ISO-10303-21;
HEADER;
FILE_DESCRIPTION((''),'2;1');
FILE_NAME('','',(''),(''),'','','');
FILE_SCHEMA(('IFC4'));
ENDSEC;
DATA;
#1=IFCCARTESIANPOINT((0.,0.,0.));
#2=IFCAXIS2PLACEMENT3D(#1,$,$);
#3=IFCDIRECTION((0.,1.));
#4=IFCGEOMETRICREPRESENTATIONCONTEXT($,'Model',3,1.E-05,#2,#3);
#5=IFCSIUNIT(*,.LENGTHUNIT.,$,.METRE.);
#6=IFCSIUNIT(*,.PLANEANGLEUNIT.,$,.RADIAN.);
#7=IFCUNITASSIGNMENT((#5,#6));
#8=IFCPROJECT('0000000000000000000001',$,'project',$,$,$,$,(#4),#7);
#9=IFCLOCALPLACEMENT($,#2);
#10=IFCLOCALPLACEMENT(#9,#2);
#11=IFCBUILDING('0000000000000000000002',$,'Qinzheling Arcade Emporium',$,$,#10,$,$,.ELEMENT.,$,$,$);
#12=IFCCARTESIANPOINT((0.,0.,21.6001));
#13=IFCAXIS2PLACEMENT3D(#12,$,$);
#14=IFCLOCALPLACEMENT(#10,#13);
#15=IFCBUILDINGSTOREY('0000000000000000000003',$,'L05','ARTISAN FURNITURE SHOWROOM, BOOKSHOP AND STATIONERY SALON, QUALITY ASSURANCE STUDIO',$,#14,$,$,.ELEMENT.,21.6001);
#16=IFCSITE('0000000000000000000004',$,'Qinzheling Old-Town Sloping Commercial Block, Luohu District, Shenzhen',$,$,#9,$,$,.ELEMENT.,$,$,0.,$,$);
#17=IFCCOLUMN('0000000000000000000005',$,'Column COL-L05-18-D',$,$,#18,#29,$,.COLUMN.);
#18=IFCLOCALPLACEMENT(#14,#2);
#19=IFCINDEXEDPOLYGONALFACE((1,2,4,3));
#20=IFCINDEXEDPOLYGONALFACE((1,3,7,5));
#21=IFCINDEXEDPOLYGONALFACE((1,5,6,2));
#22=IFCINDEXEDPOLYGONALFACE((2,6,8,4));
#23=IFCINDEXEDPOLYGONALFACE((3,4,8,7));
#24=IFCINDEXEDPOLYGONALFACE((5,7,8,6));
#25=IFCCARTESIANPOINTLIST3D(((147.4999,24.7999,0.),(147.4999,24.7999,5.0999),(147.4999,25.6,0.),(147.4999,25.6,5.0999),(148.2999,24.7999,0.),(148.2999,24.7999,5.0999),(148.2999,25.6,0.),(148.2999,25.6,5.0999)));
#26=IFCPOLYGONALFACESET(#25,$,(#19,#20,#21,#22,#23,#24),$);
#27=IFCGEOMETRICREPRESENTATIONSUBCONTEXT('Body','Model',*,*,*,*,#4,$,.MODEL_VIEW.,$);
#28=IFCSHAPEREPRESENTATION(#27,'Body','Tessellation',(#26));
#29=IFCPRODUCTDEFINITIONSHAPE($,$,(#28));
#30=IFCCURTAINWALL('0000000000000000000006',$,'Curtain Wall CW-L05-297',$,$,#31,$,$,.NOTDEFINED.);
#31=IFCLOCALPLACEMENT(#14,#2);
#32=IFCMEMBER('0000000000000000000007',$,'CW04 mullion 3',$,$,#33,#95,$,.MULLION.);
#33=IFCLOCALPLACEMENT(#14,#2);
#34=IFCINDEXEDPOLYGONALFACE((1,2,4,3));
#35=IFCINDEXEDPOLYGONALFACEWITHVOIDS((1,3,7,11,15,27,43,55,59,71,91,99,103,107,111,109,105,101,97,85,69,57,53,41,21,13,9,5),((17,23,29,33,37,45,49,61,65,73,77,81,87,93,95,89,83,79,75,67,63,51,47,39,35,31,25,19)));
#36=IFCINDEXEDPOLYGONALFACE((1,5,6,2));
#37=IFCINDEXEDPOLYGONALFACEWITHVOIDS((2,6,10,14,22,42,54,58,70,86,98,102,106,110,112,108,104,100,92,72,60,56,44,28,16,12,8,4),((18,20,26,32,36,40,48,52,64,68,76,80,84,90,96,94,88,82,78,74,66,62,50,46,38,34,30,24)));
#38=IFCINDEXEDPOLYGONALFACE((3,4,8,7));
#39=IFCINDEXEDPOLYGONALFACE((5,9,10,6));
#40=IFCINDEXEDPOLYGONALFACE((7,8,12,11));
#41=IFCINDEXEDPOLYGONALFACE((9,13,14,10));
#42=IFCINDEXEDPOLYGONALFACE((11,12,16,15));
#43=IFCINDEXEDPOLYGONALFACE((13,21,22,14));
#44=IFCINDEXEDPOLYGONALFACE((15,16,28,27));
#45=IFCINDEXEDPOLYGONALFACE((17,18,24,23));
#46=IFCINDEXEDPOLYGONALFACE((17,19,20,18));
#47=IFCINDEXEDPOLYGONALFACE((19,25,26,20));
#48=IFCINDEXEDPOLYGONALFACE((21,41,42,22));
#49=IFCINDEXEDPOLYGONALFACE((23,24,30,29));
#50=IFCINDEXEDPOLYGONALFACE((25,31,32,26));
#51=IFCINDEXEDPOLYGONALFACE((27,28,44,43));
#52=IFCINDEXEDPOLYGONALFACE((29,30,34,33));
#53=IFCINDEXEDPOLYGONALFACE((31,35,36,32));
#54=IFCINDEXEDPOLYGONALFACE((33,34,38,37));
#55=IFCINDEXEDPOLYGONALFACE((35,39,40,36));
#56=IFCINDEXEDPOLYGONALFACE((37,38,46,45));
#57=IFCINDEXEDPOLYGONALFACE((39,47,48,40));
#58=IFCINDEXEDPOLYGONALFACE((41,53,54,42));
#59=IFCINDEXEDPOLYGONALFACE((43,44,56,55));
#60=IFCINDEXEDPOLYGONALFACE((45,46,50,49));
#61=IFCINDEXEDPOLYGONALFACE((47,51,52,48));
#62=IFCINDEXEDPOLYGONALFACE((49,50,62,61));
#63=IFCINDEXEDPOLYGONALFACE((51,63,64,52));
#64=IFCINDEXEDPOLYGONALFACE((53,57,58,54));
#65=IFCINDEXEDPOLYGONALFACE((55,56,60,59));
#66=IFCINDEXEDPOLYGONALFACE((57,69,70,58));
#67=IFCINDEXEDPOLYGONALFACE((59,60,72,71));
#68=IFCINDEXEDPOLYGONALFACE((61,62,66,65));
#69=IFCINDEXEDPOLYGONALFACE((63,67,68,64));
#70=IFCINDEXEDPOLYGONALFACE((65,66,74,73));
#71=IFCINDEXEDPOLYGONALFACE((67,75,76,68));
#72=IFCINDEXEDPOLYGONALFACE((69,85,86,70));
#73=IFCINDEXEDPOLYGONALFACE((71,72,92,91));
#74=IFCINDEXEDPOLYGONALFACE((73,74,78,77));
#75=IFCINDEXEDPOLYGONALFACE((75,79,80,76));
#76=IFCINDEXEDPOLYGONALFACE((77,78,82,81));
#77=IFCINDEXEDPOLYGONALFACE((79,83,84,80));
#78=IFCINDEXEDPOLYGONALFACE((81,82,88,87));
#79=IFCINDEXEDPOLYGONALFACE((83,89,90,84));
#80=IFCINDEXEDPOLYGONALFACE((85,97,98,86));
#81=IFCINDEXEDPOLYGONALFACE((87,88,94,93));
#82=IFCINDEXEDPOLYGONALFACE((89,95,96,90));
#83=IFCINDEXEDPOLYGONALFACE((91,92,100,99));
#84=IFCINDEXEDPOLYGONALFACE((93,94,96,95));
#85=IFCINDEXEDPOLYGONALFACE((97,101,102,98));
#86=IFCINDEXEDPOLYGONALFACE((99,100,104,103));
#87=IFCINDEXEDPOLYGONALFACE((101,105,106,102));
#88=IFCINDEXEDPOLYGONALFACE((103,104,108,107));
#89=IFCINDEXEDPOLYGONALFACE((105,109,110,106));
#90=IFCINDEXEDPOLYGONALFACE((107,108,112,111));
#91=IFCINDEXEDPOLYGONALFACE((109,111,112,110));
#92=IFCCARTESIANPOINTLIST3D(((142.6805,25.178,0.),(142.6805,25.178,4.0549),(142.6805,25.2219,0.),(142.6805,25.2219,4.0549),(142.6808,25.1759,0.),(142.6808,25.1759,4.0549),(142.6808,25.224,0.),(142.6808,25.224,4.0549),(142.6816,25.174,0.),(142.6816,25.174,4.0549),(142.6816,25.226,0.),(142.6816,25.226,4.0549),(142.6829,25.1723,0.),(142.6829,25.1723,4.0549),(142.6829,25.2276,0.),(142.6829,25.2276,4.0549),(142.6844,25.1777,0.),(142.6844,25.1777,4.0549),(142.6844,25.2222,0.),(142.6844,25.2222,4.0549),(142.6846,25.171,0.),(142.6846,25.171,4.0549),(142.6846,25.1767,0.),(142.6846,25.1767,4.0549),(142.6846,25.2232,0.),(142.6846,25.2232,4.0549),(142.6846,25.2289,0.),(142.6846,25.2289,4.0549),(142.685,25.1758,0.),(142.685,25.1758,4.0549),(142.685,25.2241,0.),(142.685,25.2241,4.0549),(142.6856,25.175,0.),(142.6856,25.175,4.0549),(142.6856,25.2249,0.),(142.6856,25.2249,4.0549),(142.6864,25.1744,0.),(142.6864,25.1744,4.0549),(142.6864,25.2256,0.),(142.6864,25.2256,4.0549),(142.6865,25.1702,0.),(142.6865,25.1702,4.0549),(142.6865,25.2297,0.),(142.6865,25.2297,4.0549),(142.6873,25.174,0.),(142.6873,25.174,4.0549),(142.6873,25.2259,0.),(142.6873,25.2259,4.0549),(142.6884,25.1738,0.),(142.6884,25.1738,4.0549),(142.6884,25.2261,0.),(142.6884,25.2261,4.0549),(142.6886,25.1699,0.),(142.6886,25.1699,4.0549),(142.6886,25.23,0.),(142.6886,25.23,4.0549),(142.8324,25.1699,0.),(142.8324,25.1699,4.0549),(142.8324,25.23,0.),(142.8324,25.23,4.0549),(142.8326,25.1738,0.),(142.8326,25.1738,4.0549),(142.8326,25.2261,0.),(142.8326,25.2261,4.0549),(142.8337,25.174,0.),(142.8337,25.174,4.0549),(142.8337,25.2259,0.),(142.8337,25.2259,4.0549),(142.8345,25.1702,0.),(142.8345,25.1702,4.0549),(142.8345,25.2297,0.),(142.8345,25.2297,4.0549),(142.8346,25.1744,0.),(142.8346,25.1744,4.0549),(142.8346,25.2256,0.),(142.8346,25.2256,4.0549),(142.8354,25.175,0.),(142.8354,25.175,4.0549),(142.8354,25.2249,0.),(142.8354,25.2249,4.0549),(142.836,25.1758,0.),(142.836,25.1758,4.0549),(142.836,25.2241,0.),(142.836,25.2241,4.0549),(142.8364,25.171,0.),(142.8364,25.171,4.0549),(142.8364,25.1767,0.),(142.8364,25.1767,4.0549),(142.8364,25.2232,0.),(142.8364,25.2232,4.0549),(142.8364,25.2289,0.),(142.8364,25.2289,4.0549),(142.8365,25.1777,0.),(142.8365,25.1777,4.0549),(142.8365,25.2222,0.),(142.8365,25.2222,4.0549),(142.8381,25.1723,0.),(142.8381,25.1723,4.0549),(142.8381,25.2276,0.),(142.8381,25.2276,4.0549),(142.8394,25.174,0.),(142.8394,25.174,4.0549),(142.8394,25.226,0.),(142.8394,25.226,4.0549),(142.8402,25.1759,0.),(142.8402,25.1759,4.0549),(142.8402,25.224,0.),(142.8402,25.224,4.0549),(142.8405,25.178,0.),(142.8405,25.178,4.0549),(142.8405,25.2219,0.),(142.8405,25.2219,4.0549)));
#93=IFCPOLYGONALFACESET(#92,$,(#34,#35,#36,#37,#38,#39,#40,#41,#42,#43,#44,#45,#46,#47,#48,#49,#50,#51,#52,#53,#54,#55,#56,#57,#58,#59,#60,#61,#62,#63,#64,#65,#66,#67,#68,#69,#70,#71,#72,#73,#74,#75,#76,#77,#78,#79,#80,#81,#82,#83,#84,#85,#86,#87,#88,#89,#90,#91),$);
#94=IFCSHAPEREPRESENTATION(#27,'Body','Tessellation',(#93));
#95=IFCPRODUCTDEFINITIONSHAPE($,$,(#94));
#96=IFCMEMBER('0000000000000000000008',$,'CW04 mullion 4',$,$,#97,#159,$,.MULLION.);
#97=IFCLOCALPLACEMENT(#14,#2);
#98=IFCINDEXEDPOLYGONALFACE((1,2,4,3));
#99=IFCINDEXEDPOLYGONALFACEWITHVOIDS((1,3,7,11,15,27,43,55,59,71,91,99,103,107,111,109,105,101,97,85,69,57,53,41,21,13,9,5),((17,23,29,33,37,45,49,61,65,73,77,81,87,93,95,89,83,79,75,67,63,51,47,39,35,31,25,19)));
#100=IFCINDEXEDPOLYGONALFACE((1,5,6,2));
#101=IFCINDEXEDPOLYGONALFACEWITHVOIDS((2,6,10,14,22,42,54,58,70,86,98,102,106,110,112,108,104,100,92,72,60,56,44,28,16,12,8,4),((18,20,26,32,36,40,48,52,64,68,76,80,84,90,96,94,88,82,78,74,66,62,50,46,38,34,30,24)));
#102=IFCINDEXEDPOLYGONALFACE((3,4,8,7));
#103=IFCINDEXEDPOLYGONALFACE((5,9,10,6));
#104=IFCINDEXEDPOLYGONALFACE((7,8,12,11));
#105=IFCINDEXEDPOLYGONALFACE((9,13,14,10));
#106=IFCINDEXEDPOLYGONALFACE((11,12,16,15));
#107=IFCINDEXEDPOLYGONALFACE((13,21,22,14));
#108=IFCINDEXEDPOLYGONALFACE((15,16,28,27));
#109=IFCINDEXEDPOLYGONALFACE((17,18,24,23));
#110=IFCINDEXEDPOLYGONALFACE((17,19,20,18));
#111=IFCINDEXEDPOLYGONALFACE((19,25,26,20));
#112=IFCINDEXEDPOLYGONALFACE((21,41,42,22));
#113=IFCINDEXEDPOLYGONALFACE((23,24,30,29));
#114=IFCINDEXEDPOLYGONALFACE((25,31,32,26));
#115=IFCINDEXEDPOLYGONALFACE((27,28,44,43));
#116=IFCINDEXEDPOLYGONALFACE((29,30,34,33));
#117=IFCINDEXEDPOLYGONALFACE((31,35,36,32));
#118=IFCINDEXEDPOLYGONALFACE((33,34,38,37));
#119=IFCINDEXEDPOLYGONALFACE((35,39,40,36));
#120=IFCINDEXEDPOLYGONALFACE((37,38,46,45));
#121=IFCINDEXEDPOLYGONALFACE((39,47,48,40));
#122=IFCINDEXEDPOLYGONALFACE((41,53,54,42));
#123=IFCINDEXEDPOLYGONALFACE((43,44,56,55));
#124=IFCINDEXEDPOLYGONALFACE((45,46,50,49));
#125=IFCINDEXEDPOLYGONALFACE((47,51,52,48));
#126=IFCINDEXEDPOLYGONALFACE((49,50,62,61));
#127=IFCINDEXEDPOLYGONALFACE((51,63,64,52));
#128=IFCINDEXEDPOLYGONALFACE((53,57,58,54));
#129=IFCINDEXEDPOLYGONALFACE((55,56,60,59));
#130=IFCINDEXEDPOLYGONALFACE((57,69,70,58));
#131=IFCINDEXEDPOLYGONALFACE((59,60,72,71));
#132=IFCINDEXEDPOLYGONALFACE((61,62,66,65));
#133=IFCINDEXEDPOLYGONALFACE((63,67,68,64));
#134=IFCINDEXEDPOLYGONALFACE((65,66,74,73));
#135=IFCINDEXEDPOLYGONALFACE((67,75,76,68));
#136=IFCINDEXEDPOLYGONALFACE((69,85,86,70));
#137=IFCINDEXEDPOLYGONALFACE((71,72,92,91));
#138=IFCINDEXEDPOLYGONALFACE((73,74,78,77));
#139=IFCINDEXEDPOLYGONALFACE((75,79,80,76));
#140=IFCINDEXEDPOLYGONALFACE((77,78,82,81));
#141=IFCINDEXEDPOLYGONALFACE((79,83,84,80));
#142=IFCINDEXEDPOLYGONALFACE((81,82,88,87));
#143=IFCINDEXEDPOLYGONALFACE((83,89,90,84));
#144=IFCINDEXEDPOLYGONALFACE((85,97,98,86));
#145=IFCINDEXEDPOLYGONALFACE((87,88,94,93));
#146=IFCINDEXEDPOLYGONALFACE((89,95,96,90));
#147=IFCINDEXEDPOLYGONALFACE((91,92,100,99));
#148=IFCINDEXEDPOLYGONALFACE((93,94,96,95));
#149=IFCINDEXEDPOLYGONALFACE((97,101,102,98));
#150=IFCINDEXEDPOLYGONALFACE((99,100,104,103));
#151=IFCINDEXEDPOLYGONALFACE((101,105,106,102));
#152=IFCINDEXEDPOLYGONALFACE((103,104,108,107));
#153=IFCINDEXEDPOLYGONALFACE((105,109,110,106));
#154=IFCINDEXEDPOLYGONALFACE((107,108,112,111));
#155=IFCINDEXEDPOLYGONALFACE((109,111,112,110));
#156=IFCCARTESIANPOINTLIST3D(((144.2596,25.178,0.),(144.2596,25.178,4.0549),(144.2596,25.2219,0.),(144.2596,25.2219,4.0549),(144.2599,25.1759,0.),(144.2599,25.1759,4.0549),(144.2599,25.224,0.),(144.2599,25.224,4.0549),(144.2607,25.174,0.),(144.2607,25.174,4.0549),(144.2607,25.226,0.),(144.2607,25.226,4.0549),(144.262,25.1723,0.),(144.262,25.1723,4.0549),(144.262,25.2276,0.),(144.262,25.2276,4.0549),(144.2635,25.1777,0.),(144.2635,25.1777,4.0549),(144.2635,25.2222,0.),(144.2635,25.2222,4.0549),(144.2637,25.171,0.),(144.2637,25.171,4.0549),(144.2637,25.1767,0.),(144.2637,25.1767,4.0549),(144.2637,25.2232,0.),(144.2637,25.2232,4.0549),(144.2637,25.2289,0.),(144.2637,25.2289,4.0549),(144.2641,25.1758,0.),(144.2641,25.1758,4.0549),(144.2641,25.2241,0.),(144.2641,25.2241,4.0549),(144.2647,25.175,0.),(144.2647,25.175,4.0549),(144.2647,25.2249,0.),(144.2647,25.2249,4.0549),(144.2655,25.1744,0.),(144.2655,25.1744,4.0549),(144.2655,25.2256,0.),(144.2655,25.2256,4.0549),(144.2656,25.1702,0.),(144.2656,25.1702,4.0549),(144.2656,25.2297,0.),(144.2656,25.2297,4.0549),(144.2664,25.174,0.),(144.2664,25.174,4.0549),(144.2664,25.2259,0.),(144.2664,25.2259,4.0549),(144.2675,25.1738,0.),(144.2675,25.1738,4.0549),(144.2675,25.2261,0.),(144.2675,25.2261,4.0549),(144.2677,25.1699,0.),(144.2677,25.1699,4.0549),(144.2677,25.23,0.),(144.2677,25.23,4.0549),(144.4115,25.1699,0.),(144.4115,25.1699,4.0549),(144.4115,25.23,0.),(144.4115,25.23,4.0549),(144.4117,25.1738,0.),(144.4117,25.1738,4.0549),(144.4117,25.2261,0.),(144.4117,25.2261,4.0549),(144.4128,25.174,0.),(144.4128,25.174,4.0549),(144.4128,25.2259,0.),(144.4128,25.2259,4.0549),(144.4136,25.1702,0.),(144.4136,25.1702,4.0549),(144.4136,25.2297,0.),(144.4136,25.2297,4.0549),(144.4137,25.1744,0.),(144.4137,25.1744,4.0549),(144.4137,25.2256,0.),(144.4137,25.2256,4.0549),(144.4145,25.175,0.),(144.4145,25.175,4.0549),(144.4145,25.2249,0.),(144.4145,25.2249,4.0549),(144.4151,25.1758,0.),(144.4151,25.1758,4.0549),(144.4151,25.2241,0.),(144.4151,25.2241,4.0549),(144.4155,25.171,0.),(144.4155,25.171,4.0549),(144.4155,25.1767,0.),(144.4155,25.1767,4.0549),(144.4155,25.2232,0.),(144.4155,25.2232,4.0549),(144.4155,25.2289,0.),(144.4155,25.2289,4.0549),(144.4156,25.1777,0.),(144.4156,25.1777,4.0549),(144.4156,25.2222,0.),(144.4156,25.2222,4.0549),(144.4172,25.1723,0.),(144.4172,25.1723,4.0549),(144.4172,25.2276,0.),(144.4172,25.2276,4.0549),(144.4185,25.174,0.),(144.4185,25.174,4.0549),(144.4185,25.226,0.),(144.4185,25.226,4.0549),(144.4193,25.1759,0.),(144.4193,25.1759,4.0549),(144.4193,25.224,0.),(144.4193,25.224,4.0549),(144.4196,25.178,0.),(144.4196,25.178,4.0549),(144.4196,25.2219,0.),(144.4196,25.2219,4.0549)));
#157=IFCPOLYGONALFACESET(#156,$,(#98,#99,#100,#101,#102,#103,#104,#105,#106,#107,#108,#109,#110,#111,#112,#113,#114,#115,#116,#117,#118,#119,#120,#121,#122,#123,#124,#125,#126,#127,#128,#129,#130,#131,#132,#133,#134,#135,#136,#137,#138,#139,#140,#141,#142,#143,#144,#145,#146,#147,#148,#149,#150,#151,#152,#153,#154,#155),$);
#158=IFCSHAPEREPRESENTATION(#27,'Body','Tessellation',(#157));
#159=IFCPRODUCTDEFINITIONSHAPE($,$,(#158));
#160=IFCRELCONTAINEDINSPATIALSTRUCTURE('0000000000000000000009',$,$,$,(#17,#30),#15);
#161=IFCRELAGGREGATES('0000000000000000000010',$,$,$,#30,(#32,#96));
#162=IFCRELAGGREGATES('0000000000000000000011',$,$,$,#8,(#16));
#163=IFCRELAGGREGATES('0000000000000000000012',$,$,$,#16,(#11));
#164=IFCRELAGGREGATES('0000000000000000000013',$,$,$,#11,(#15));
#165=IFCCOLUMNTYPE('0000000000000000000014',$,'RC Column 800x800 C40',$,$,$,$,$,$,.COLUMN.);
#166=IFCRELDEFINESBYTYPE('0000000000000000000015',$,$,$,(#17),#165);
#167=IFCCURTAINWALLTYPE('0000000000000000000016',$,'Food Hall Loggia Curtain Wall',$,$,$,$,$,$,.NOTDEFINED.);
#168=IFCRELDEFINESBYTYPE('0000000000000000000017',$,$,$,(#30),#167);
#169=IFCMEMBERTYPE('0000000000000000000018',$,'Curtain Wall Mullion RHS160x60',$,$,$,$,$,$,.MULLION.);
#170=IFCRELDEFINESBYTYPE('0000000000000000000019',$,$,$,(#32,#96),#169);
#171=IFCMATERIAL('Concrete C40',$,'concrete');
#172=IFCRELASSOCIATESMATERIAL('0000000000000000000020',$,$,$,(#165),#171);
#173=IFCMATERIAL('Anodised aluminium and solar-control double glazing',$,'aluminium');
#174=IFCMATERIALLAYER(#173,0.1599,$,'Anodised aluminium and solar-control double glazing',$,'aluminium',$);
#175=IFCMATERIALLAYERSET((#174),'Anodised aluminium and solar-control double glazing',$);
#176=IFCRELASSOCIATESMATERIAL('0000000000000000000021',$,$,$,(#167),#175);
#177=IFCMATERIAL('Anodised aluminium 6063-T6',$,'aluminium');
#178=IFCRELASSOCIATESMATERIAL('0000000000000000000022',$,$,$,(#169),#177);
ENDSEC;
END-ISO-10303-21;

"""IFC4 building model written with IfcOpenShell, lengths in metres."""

from ifc_helpers import new_model, si_unit, direction, frame, origin, origin_2d, place, context, subcontext, project, spatial, rectangle, hollow_rectangle, extrude, material, layer, layer_set, material_profile, profile_set, type_object, element, aggregate, save


model = new_model("IFC4")

# Units and contexts
model_context = context("Model", 3, precision=1e-05, world=origin(), true_north=direction((0.0, 1.0)))
body_context = subcontext(model_context, "Body", "Model", "MODEL_VIEW")
ifc_project = project(units=[si_unit("LENGTHUNIT", "METRE"), si_unit("PLANEANGLEUNIT", "RADIAN")], contexts=[model_context])

# Site, building, storey
site_placement = place(None, origin())
site = spatial("IfcSite", under=ifc_project, at=site_placement, Name="Qinzheling Old-Town Sloping Commercial Block, Luohu District, Shenzhen", CompositionType="ELEMENT", RefElevation=0.0)
building_placement = place(site_placement, origin())
building = spatial("IfcBuilding", under=site, at=building_placement, Name="Qinzheling Arcade Emporium", CompositionType="ELEMENT")
storey_placement = place(building_placement, frame((0.0, 0.0, 21.6001)))
storey = spatial("IfcBuildingStorey", under=building, at=storey_placement, Name="L05", Description="ARTISAN FURNITURE SHOWROOM, BOOKSHOP AND STATIONERY SALON, QUALITY ASSURANCE STUDIO", CompositionType="ELEMENT", Elevation=21.6001)

# Column
ifc_material_1 = material(Name="Concrete C40", Category="concrete")
ifc_material_profile_1 = material_profile(ifc_material_1, rectangle(XDim=0.8, YDim=0.8, at=origin_2d()), Name="RC 800x800", Category="concrete")
ifc_profile_set_1 = profile_set([ifc_material_profile_1], Name="Concrete C40")
column_type = type_object("IfcColumnType", Name="RC Column 800x800 C40", PredefinedType="COLUMN", material=ifc_profile_set_1)
column_placement = place(storey_placement, frame((147.8999, 25.2, 0.0), z_axis=(0.0, 0.0, 1.0), x_axis=(1.0, 0.0, 0.0)))
element("IfcColumn", 1, at=column_placement, inside=storey, type_object=column_type, Name="Column COL-L05-18-D", PredefinedType="COLUMN", context=body_context, shape_type="SweptSolid", body=[
    extrude(rectangle(XDim=0.8, YDim=0.8, at=origin_2d()), origin(), (0.0, 0.0, 1.0), 5.0999),
])

# Curtain wall, members
ifc_material_2 = material(Name="Anodised aluminium and solar-control double glazing", Category="aluminium")
ifc_layer_1 = layer(ifc_material_2, 0.1599, Name="Anodised aluminium and solar-control double glazing", Category="aluminium")
ifc_layer_set_1 = layer_set([ifc_layer_1], Name="Anodised aluminium and solar-control double glazing")
curtain_wall_type = type_object("IfcCurtainWallType", Name="Food Hall Loggia Curtain Wall", PredefinedType="NOTDEFINED", material=ifc_layer_set_1)
curtain_wall_placement = place(storey_placement, origin())
curtain_wall = element("IfcCurtainWall", 2, at=curtain_wall_placement, inside=storey, type_object=curtain_wall_type, Name="Curtain Wall CW-L05-297", PredefinedType="NOTDEFINED")
ifc_material_3 = material(Name="Anodised aluminium 6063-T6", Category="aluminium")
ifc_material_profile_2 = material_profile(ifc_material_3, hollow_rectangle(XDim=0.0601, YDim=0.1599, WallThickness=0.0039, InnerFilletRadius=0.0039, OuterFilletRadius=0.0081, at=origin_2d()), Name="RHS 160x60x4", Category="aluminium")
ifc_profile_set_2 = profile_set([ifc_material_profile_2], Name="Anodised aluminium 6063-T6")
member_type_1 = type_object("IfcMemberType", Name="Curtain Wall Mullion RHS160x60", PredefinedType="MULLION", material=ifc_profile_set_2)
member_1_placement = place(storey_placement, frame((142.7605, 25.2, 0.0), z_axis=(0.0, 0.0, 1.0), x_axis=(0.0, 1.0, 0.0)))
member_1 = element("IfcMember", 3, at=member_1_placement, type_object=member_type_1, Name="CW04 mullion 3", PredefinedType="MULLION", context=body_context, shape_type="SweptSolid", body=[
    extrude(hollow_rectangle(XDim=0.0601, YDim=0.1599, WallThickness=0.0039, InnerFilletRadius=0.0039, OuterFilletRadius=0.0081, at=origin_2d()), origin(), (0.0, 0.0, 1.0), 4.0549),
])
member_2_placement = place(storey_placement, frame((144.3396, 25.2, 0.0), z_axis=(0.0, 0.0, 1.0), x_axis=(0.0, 1.0, 0.0)))
member_2 = element("IfcMember", 4, at=member_2_placement, type_object=member_type_1, Name="CW04 mullion 4", PredefinedType="MULLION", context=body_context, shape_type="SweptSolid", body=[
    extrude(hollow_rectangle(XDim=0.0601, YDim=0.1599, WallThickness=0.0039, InnerFilletRadius=0.0039, OuterFilletRadius=0.0081, at=origin_2d()), origin(), (0.0, 0.0, 1.0), 4.0549),
])
aggregate(curtain_wall, [member_1, member_2])

save(model, "model.ifc")
